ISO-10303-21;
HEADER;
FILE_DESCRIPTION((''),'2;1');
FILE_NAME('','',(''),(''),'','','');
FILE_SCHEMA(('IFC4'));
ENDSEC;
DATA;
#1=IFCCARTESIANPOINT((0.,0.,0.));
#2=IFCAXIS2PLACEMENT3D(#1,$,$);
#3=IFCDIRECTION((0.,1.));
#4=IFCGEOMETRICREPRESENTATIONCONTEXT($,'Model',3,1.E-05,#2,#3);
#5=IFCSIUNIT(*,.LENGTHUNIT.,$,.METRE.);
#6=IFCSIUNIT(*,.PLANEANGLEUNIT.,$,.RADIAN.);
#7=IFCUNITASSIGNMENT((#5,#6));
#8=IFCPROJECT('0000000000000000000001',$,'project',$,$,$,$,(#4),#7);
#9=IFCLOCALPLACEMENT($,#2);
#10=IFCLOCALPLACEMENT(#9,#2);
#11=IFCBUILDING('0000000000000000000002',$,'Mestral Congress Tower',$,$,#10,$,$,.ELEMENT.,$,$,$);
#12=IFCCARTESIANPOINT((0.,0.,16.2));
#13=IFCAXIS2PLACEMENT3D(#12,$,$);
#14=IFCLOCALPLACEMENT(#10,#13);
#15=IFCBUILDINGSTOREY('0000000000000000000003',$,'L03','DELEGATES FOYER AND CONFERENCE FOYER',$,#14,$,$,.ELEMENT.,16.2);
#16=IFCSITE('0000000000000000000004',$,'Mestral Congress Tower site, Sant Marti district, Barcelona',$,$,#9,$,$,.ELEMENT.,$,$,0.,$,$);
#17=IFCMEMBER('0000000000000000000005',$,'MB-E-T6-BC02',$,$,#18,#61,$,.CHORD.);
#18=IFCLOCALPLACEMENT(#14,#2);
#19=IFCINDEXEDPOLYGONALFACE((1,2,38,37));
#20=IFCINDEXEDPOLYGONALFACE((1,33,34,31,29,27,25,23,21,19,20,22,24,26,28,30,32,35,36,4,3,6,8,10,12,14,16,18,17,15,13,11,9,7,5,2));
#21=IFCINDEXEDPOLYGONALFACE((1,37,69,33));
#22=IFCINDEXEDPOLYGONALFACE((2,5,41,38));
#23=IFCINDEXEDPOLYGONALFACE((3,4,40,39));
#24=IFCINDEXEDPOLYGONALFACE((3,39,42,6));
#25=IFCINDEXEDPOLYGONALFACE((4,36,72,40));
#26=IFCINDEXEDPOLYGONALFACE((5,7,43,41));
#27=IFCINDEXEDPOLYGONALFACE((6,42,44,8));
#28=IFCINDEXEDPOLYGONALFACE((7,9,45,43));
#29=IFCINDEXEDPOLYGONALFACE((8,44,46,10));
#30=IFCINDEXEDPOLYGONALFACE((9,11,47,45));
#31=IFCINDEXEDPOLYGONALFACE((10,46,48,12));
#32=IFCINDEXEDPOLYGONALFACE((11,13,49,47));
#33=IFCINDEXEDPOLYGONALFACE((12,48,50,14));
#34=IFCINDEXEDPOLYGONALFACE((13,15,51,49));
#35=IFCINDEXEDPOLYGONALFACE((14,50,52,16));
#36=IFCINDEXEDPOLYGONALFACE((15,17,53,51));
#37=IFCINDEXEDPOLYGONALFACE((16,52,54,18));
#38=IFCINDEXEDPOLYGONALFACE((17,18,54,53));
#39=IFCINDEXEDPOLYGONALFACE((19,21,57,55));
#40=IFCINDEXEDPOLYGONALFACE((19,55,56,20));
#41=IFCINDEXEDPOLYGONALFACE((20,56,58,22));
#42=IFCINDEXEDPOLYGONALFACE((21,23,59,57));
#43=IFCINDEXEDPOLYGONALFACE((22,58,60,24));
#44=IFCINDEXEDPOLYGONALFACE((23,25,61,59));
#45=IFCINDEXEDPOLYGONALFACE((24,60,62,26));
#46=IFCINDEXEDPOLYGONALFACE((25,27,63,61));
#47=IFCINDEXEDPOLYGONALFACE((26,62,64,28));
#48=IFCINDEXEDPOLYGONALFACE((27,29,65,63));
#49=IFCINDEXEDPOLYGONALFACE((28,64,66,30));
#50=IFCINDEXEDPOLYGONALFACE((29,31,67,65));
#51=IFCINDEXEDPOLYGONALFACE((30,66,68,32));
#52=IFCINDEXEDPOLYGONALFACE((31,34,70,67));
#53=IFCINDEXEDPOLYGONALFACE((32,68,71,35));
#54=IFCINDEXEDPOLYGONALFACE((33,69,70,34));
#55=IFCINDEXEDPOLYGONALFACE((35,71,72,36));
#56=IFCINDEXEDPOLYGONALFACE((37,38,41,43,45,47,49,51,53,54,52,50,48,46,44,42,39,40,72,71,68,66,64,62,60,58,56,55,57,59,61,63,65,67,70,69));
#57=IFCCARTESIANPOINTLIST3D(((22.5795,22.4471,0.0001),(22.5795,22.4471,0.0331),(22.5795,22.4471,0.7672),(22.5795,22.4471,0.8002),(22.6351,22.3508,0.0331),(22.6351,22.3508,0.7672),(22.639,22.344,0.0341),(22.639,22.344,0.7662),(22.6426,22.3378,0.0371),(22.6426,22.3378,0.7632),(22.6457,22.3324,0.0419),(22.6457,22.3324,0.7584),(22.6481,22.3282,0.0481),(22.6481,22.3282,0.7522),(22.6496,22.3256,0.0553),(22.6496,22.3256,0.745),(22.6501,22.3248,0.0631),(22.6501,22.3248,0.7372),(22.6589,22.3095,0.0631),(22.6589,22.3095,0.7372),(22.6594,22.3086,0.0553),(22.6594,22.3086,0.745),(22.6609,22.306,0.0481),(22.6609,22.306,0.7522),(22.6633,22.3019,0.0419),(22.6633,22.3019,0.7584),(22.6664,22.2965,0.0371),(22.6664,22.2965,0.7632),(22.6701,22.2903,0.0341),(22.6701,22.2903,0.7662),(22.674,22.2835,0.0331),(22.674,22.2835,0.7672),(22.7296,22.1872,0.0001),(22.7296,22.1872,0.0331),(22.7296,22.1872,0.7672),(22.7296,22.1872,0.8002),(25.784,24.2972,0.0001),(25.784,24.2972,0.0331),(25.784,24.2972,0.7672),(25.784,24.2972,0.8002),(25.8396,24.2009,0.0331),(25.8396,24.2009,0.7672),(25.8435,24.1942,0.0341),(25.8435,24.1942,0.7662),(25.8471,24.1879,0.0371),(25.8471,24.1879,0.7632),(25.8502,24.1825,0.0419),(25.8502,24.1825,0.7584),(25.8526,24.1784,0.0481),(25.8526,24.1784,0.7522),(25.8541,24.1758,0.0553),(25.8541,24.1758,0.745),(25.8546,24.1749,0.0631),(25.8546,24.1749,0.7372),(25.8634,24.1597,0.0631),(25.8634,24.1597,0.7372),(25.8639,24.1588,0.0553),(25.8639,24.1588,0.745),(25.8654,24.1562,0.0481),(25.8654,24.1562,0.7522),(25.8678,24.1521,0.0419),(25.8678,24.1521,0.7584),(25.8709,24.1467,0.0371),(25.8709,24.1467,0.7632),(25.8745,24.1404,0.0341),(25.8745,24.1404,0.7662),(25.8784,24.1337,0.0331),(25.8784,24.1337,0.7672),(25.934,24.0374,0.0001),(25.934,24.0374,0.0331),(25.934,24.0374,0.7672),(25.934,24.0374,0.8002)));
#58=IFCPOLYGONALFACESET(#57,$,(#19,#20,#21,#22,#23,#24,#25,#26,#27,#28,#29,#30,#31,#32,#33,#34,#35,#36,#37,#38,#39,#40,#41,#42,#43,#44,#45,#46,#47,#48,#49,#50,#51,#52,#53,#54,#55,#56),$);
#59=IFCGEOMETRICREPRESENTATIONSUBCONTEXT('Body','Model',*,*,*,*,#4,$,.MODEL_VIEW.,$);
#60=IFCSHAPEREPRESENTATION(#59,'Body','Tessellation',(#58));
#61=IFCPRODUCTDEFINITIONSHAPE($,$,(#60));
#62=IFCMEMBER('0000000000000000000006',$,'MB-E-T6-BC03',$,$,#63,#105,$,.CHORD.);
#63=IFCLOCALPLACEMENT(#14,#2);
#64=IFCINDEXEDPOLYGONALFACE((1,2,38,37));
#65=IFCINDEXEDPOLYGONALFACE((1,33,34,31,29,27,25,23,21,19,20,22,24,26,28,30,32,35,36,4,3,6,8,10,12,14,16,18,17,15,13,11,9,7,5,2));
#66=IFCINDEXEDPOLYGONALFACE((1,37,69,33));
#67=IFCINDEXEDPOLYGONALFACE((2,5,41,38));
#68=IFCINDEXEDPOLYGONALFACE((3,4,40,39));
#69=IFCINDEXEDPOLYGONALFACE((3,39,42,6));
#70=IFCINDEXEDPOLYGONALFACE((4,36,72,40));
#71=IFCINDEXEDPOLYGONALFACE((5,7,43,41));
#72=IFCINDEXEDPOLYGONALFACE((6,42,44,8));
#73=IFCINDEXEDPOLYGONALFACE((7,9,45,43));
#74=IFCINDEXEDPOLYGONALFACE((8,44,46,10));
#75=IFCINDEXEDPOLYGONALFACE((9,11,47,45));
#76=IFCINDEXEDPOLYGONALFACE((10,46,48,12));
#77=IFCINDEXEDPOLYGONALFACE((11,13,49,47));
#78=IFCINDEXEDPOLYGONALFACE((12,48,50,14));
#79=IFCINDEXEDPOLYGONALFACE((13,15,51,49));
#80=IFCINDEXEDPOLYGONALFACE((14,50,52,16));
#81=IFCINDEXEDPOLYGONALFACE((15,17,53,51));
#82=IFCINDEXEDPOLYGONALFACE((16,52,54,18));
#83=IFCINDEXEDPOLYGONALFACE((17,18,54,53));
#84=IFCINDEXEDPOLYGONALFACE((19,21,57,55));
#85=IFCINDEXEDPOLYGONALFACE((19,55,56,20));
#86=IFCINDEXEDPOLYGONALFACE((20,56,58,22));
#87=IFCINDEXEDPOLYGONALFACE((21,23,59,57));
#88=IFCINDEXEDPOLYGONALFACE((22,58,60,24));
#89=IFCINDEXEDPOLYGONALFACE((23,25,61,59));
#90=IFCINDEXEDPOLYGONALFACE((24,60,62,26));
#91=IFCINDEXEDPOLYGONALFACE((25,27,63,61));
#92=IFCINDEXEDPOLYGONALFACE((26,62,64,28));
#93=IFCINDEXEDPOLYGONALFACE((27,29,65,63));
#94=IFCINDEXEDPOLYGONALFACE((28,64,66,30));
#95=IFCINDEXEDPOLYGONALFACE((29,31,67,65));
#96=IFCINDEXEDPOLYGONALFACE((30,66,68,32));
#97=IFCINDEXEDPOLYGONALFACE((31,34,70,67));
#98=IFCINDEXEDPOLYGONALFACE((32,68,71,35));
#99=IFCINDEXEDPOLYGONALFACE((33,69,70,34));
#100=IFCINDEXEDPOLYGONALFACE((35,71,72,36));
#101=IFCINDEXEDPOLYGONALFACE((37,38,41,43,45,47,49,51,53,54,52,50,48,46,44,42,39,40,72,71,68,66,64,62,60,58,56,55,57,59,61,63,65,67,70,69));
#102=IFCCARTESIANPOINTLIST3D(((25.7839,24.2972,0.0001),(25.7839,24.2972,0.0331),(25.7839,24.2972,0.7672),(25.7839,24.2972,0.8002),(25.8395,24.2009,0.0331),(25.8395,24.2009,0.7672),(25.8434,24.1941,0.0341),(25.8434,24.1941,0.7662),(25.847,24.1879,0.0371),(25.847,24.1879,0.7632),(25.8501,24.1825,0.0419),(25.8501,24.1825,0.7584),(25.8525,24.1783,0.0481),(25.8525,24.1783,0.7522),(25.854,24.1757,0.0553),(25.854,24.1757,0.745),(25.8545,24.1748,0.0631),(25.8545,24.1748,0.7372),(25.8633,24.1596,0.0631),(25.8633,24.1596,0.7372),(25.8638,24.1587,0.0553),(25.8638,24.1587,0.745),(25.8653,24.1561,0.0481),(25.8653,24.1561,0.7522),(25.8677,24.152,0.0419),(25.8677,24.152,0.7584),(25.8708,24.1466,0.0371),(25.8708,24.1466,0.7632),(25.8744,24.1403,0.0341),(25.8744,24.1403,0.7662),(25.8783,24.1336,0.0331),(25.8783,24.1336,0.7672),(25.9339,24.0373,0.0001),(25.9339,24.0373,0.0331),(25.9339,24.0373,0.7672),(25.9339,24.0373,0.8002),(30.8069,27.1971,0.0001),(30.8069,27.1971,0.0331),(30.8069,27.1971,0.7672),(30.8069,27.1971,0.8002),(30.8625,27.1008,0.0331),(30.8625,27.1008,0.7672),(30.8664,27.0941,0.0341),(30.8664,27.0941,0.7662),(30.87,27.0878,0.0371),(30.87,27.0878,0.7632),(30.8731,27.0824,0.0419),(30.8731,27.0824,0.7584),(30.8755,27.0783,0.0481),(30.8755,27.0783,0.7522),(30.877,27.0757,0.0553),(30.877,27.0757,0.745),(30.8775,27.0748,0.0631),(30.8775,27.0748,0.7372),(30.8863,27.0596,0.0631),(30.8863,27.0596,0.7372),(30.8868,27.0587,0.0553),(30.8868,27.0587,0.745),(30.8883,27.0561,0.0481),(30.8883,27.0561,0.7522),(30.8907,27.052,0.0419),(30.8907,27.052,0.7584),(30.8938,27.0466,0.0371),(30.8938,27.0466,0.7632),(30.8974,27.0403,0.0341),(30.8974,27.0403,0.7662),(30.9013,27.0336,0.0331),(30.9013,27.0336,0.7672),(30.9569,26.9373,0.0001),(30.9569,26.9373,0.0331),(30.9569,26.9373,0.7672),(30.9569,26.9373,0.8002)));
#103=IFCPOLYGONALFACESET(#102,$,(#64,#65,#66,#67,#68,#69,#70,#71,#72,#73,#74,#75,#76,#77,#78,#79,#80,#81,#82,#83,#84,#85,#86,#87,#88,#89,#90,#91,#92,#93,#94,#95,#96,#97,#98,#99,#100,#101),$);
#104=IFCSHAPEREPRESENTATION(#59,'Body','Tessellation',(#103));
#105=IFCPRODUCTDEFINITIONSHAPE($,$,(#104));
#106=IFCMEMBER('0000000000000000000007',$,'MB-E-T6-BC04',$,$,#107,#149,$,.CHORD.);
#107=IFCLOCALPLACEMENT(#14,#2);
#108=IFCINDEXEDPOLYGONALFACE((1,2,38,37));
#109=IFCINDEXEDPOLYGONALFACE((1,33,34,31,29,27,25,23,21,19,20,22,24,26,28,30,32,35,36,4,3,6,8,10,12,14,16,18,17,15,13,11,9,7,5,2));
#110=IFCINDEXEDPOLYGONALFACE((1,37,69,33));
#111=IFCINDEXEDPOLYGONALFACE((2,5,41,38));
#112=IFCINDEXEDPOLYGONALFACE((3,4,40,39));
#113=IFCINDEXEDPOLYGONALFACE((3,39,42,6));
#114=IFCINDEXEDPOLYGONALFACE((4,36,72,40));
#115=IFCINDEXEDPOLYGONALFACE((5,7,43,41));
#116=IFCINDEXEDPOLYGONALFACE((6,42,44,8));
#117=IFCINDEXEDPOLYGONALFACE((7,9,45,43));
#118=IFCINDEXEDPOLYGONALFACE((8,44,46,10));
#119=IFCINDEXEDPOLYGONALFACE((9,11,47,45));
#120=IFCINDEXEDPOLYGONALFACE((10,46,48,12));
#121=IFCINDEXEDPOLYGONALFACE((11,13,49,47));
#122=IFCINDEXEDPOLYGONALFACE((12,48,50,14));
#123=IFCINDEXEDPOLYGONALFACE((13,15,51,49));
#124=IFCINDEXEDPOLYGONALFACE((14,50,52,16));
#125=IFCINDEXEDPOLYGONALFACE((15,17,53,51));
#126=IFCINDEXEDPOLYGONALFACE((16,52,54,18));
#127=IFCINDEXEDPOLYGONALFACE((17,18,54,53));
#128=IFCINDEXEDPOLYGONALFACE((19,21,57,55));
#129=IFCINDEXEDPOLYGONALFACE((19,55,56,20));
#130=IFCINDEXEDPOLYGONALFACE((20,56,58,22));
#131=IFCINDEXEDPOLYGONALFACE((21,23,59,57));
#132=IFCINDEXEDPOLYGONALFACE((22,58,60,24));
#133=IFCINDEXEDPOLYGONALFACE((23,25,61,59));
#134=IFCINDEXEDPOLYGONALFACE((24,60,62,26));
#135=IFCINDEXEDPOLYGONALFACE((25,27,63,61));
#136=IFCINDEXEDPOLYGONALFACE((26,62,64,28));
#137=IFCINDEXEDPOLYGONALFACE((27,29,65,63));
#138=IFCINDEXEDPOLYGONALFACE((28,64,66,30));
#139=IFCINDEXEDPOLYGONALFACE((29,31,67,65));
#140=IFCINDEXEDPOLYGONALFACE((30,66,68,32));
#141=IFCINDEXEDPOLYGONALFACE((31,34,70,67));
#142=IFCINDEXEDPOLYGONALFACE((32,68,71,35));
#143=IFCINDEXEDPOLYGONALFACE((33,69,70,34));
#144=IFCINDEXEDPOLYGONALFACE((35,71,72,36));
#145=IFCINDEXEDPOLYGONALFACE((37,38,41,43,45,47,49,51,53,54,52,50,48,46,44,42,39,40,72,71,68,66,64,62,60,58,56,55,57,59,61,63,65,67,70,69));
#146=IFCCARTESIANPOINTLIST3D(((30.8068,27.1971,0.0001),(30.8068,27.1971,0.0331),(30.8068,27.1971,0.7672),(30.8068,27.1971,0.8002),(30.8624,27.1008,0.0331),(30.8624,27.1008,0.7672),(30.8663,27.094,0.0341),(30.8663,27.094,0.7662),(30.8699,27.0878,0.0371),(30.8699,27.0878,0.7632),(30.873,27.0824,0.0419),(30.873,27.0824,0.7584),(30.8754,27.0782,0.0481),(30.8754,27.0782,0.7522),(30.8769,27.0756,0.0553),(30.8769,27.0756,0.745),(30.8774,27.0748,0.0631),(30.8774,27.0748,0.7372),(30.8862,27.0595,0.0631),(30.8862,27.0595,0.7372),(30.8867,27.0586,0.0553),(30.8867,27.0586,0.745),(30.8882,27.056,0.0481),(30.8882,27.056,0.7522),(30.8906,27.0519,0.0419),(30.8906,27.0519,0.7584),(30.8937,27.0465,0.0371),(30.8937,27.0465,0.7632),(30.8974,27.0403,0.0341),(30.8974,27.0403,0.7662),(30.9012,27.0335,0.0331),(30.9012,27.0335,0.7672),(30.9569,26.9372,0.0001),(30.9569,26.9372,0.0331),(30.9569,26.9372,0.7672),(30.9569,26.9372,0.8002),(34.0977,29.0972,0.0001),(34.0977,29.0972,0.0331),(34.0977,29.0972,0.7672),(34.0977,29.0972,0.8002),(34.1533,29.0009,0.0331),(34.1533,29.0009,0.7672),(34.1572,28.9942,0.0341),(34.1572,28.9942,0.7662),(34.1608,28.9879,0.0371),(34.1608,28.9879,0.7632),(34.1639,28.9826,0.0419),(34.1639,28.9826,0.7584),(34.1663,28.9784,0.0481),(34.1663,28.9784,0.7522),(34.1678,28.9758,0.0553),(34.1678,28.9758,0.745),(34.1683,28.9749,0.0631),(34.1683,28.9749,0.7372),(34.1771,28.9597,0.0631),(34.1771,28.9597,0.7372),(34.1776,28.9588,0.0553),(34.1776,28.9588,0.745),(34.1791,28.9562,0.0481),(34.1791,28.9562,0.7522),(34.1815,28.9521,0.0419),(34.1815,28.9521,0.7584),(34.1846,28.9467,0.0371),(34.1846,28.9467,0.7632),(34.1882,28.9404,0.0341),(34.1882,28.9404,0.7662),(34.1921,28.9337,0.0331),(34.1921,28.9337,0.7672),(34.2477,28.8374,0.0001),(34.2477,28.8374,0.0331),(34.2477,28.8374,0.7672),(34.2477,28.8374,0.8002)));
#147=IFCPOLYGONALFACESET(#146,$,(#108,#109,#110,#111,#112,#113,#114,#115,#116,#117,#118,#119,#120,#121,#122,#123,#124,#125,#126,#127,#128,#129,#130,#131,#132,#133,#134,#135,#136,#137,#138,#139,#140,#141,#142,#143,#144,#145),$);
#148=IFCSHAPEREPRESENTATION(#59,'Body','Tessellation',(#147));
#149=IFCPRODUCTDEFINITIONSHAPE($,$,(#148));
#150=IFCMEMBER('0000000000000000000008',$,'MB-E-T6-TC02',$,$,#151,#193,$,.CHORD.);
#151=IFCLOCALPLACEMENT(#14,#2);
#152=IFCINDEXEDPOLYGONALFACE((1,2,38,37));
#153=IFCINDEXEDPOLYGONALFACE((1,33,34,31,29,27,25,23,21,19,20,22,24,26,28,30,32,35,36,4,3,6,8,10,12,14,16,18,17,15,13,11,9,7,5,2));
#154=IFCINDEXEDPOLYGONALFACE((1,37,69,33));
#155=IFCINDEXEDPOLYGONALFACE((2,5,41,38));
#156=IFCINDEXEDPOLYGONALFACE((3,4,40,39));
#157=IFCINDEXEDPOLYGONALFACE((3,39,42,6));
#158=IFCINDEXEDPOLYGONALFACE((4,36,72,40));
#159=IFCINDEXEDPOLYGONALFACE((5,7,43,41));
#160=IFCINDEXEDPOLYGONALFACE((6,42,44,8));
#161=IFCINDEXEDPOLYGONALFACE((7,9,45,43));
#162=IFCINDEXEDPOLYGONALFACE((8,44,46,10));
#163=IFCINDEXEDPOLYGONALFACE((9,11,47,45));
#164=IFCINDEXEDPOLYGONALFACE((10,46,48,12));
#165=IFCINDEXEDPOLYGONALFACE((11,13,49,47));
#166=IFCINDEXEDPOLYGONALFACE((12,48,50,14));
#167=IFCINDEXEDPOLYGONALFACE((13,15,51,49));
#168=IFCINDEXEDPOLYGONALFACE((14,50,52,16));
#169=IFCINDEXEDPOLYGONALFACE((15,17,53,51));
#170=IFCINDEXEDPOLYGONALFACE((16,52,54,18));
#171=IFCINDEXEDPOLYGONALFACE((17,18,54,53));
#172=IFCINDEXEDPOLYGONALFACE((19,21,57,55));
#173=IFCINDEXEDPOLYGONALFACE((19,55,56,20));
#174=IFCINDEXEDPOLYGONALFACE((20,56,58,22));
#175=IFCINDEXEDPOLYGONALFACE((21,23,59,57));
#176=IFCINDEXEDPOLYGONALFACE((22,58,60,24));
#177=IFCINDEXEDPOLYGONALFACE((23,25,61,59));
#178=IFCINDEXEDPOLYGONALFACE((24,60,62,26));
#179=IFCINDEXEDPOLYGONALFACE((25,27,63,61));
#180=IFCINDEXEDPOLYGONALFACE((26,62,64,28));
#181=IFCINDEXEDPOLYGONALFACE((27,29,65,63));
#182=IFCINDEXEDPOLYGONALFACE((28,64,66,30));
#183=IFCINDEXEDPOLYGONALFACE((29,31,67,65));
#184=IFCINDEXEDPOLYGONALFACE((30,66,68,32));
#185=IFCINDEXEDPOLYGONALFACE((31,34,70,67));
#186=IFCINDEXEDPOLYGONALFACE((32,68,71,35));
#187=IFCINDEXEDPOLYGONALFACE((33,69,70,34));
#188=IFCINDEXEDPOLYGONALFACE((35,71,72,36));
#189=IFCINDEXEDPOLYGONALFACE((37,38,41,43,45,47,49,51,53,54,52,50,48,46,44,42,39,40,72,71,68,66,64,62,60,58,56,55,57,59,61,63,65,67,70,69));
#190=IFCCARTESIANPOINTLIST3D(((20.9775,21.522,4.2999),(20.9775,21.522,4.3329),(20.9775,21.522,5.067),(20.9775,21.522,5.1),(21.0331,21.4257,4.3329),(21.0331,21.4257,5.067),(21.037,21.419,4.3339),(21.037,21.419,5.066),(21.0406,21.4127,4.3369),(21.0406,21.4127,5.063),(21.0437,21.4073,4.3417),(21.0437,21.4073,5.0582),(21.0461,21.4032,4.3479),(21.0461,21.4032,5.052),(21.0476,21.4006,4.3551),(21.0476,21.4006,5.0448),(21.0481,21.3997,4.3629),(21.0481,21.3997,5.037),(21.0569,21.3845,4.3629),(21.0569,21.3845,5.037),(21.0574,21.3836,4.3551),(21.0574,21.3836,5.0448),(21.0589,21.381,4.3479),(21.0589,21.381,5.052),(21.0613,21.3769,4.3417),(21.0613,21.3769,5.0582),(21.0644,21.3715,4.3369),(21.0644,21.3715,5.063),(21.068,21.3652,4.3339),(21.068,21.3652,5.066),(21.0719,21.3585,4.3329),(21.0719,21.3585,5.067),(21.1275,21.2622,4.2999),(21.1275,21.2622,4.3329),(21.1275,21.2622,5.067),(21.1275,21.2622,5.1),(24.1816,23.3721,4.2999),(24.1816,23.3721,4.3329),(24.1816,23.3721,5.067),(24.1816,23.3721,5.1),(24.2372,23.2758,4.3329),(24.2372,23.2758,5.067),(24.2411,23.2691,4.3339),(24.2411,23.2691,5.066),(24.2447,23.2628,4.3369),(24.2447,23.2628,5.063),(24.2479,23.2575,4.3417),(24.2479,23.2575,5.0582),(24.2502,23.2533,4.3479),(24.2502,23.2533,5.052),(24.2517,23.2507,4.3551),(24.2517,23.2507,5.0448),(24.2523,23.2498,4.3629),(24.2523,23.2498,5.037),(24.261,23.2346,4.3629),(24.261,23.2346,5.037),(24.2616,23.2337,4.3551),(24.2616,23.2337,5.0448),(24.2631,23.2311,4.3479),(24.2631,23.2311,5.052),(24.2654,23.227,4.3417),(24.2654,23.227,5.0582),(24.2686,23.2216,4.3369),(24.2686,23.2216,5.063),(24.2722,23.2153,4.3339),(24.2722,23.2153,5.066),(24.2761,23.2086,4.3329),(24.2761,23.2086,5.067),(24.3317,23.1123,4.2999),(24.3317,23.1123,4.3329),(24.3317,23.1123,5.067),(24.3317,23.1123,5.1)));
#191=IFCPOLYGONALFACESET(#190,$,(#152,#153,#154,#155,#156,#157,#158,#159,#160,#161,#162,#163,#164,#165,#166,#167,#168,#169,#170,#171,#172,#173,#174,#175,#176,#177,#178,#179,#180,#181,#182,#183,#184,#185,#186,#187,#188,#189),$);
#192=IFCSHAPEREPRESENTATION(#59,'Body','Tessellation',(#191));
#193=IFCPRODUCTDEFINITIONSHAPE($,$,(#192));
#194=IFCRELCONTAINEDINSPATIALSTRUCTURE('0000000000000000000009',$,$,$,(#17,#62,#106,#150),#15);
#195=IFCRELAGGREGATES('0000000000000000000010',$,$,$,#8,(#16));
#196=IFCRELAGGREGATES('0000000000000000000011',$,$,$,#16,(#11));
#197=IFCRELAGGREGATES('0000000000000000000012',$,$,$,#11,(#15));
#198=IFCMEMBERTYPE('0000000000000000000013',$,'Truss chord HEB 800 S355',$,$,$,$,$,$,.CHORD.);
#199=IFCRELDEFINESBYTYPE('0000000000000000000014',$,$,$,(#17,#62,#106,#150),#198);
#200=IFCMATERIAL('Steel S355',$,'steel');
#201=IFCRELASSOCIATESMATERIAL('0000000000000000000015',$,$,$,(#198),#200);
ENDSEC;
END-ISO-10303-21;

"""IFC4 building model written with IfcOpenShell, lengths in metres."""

from ifc_helpers import new_model, si_unit, direction, frame, origin, origin_2d, place, context, subcontext, project, spatial, i_section, extrude, material, material_profile, profile_set, type_object, element, save


model = new_model("IFC4")

# Units and contexts
model_context = context("Model", 3, precision=1e-05, world=origin(), true_north=direction((0.0, 1.0)))
body_context = subcontext(model_context, "Body", "Model", "MODEL_VIEW")
ifc_project = project(units=[si_unit("LENGTHUNIT", "METRE"), si_unit("PLANEANGLEUNIT", "RADIAN")], contexts=[model_context])

# Site, building, storey
site_placement = place(None, origin())
site = spatial("IfcSite", under=ifc_project, at=site_placement, Name="Mestral Congress Tower site, Sant Marti district, Barcelona", CompositionType="ELEMENT", RefElevation=0.0)
building_placement = place(site_placement, origin())
building = spatial("IfcBuilding", under=site, at=building_placement, Name="Mestral Congress Tower", CompositionType="ELEMENT")
storey_placement = place(building_placement, frame((0.0, 0.0, 16.2)))
storey = spatial("IfcBuildingStorey", under=building, at=storey_placement, Name="L03", Description="DELEGATES FOYER AND CONFERENCE FOYER", CompositionType="ELEMENT", Elevation=16.2)

# Members
ifc_material = material(Name="Steel S355", Category="steel")
ifc_material_profile_1 = material_profile(ifc_material, i_section(OverallWidth=0.3, OverallDepth=0.8, WebThickness=0.0176, FlangeThickness=0.033, FilletRadius=0.03, at=origin_2d()), Name="HEB 800")
ifc_profile_set_1 = profile_set([ifc_material_profile_1], Name="Steel S355")
member_type_1 = type_object("IfcMemberType", Name="Truss chord HEB 800 S355", PredefinedType="CHORD", material=ifc_profile_set_1)
member_1_placement = place(storey_placement, frame((22.6545, 22.3171, 0.4001), z_axis=(0.866017, 0.500014, 0.0), x_axis=(-0.500014, 0.866017, 0.0)))
element("IfcMember", 1, at=member_1_placement, inside=storey, type_object=member_type_1, Name="MB-E-T6-BC02", PredefinedType="CHORD", context=body_context, shape_type="SweptSolid", body=[
    extrude(i_section(OverallWidth=0.3, OverallDepth=0.8, WebThickness=0.0176, FlangeThickness=0.033, FilletRadius=0.03, at=origin_2d()), origin(), (0.0, 0.0, 1.0), 3.7002),
])
member_2_placement = place(storey_placement, frame((25.8589, 24.1672, 0.4001), z_axis=(0.866033, 0.499987, 0.0), x_axis=(-0.499987, 0.866033, 0.0)))
element("IfcMember", 2, at=member_2_placement, inside=storey, type_object=member_type_1, Name="MB-E-T6-BC03", PredefinedType="CHORD", context=body_context, shape_type="SweptSolid", body=[
    extrude(i_section(OverallWidth=0.3, OverallDepth=0.8, WebThickness=0.0176, FlangeThickness=0.033, FilletRadius=0.03, at=origin_2d()), origin(), (0.0, 0.0, 1.0), 5.8),
])
member_3_placement = place(storey_placement, frame((30.8818, 27.0671, 0.4001), z_axis=(0.866, 0.500043, 0.0), x_axis=(-0.500043, 0.866, 0.0)))
element("IfcMember", 3, at=member_3_placement, inside=storey, type_object=member_type_1, Name="MB-E-T6-BC04", PredefinedType="CHORD", context=body_context, shape_type="SweptSolid", body=[
    extrude(i_section(OverallWidth=0.3, OverallDepth=0.8, WebThickness=0.0176, FlangeThickness=0.033, FilletRadius=0.03, at=origin_2d()), origin(), (0.0, 0.0, 1.0), 3.8),
])
member_4_placement = place(storey_placement, frame((21.0525, 21.3921, 4.7), z_axis=(0.866001, 0.500042, 0.0), x_axis=(-0.500042, 0.866001, 0.0)))
element("IfcMember", 4, at=member_4_placement, inside=storey, type_object=member_type_1, Name="MB-E-T6-TC02", PredefinedType="CHORD", context=body_context, shape_type="SweptSolid", body=[
    extrude(i_section(OverallWidth=0.3, OverallDepth=0.8, WebThickness=0.0176, FlangeThickness=0.033, FilletRadius=0.03, at=origin_2d()), origin(), (0.0, 0.0, 1.0), 3.7),
])

save(model, "model.ifc")
